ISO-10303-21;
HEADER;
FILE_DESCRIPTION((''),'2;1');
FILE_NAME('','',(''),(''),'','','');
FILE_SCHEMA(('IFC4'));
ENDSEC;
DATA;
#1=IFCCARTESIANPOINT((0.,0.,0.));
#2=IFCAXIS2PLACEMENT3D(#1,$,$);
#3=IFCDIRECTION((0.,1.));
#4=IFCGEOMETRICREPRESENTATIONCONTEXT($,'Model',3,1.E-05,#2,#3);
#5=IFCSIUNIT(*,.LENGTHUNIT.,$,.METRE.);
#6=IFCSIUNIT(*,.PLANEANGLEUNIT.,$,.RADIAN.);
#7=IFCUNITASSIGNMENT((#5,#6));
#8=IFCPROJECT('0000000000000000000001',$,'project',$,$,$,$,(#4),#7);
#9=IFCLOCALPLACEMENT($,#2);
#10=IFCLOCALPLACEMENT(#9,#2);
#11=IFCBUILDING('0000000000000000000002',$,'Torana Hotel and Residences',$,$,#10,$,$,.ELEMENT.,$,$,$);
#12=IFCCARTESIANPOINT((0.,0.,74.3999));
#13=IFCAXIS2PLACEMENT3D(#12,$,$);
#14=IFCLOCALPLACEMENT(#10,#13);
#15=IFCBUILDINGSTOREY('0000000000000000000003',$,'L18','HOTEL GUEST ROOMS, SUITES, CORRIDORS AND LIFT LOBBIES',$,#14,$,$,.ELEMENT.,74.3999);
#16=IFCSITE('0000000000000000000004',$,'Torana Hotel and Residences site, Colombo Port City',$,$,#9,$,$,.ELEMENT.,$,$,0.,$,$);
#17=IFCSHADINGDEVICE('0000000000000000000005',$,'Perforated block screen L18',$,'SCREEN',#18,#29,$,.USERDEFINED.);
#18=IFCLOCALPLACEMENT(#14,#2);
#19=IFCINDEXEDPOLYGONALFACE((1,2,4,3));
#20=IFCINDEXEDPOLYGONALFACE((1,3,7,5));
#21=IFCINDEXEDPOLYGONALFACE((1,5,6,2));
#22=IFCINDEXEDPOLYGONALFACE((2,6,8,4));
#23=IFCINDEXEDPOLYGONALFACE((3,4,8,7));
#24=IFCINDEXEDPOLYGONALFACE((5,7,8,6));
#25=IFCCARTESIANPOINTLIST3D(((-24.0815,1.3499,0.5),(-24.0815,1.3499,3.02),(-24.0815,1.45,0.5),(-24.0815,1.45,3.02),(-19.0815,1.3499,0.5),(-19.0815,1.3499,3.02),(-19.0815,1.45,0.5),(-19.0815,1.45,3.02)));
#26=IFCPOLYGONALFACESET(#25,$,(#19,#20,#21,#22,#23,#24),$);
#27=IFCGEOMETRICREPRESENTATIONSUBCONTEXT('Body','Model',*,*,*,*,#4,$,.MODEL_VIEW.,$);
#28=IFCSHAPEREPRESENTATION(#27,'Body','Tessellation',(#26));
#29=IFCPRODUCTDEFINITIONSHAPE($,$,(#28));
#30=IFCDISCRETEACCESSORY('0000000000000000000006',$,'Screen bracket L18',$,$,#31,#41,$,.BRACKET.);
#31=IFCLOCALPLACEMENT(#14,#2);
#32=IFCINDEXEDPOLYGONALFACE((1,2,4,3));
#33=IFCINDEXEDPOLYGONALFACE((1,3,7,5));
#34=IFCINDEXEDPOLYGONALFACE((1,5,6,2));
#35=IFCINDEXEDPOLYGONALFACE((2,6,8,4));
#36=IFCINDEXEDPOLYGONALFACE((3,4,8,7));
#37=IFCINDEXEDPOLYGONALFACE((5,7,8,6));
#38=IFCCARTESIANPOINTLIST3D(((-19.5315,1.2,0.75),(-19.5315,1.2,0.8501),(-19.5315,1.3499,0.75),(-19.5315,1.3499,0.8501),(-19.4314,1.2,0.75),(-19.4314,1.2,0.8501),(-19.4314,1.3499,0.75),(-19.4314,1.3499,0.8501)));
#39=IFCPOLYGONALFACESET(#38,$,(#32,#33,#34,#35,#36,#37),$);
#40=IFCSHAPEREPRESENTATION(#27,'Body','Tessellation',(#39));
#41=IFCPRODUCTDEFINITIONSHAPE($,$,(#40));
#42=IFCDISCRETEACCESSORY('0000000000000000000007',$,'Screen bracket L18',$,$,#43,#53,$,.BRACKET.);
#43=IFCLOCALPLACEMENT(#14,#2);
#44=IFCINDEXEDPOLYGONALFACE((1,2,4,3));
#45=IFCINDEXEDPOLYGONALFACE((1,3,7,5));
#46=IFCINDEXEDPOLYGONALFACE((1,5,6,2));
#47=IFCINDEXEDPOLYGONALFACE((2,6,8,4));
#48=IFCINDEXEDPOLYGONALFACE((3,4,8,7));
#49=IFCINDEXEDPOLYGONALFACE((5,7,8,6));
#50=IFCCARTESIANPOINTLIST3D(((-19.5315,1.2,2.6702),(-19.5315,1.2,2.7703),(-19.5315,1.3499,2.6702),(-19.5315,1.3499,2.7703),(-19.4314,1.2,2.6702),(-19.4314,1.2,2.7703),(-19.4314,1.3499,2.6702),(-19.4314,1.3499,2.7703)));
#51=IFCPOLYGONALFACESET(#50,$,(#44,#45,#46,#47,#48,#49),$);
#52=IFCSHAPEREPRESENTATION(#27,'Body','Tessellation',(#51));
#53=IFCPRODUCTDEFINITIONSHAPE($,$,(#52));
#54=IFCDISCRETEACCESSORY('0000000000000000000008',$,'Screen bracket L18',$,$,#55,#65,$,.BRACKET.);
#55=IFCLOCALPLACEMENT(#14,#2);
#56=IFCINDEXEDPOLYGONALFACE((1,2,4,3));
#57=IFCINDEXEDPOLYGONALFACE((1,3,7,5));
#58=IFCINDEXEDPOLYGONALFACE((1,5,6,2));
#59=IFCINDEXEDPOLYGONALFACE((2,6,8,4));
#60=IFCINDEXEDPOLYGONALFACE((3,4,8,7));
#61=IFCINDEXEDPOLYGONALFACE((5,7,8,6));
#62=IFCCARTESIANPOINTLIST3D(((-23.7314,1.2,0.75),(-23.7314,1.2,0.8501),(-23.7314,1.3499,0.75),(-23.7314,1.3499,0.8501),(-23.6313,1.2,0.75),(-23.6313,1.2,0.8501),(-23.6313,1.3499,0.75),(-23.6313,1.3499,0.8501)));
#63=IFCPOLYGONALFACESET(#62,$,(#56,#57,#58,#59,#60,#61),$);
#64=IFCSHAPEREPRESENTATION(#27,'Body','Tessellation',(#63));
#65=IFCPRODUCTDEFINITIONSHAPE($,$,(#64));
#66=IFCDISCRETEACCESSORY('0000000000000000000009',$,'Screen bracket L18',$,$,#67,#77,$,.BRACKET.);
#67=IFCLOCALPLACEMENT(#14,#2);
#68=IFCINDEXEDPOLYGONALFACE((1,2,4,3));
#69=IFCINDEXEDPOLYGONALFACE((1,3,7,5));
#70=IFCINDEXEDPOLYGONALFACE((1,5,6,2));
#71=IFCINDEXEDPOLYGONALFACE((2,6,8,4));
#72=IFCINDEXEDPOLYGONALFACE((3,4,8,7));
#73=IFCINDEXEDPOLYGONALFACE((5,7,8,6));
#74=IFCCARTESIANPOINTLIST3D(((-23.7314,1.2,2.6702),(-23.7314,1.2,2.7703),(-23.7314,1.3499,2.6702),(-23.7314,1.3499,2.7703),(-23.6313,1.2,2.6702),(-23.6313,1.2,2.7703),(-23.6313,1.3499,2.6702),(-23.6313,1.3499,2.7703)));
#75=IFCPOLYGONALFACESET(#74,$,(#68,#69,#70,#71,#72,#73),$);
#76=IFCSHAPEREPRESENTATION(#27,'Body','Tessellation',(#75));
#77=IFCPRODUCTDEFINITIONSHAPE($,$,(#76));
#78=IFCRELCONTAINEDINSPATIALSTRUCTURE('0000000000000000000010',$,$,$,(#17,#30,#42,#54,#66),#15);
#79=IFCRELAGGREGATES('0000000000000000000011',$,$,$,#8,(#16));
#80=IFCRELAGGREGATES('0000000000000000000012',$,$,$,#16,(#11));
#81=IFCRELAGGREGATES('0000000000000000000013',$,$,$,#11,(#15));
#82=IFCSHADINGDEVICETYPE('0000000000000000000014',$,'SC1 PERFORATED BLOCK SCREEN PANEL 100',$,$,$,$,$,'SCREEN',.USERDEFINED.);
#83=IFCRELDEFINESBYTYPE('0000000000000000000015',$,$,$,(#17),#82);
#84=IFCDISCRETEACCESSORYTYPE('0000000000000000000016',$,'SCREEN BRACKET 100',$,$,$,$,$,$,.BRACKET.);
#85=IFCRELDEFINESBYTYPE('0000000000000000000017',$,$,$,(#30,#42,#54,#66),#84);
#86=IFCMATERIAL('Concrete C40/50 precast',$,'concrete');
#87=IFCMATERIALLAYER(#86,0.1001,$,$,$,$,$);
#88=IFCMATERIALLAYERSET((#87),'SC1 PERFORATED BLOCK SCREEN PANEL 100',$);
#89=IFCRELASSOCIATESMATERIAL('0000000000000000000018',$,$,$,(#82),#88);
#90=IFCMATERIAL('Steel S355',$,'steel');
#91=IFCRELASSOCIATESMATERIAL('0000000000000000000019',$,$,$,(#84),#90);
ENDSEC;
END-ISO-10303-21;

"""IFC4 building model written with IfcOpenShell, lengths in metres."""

from ifc_helpers import new_model, si_unit, direction, frame, origin, origin_2d, place, context, subcontext, project, spatial, rectangle, extrude, material, layer, layer_set, type_object, element, save


model = new_model("IFC4")

# Units and contexts
model_context = context("Model", 3, precision=1e-05, world=origin(), true_north=direction((0.0, 1.0)))
body_context = subcontext(model_context, "Body", "Model", "MODEL_VIEW")
ifc_project = project(units=[si_unit("LENGTHUNIT", "METRE"), si_unit("PLANEANGLEUNIT", "RADIAN")], contexts=[model_context])

# Site, building, storey
site_placement = place(None, origin())
site = spatial("IfcSite", under=ifc_project, at=site_placement, Name="Torana Hotel and Residences site, Colombo Port City", CompositionType="ELEMENT", RefElevation=0.0)
building_placement = place(site_placement, origin())
building = spatial("IfcBuilding", under=site, at=building_placement, Name="Torana Hotel and Residences", CompositionType="ELEMENT")
storey_placement = place(building_placement, frame((0.0, 0.0, 74.3999)))
storey = spatial("IfcBuildingStorey", under=building, at=storey_placement, Name="L18", Description="HOTEL GUEST ROOMS, SUITES, CORRIDORS AND LIFT LOBBIES", CompositionType="ELEMENT", Elevation=74.3999)

# Shading device
ifc_material_1 = material(Name="Concrete C40/50 precast", Category="concrete")
ifc_layer_1 = layer(ifc_material_1, 0.1001)
ifc_layer_set_1 = layer_set([ifc_layer_1], Name="SC1 PERFORATED BLOCK SCREEN PANEL 100")
shading_device_type = type_object("IfcShadingDeviceType", Name="SC1 PERFORATED BLOCK SCREEN PANEL 100", ElementType="SCREEN", PredefinedType="USERDEFINED", material=ifc_layer_set_1)
shading_device_placement = place(storey_placement, frame((-21.5815, 1.3999, 0.5), z_axis=(0.0, 0.0, 1.0), x_axis=(-1.0, 0.0, 0.0)))
element("IfcShadingDevice", 1, at=shading_device_placement, inside=storey, type_object=shading_device_type, Name="Perforated block screen L18", ObjectType="SCREEN", PredefinedType="USERDEFINED", context=body_context, shape_type="SweptSolid", body=[
    extrude(rectangle(XDim=5.0, YDim=0.1001, at=origin_2d()), origin(), (0.0, 0.0, 1.0), 2.52),
])

# Discrete accessories
ifc_material_2 = material(Name="Steel S355", Category="steel")
discrete_accessory_type = type_object("IfcDiscreteAccessoryType", Name="SCREEN BRACKET 100", PredefinedType="BRACKET", material=ifc_material_2)
for number, where, z_axis, x_axis, name in (
    (2, (-19.4814, 1.2749, 0.75), (0.0, 0.0, 1.0), (-1.0, 0.0, 0.0), "Screen bracket L18"),
    (3, (-19.4814, 1.2749, 2.6702), (0.0, 0.0, 1.0), (-1.0, 0.0, 0.0), "Screen bracket L18"),
    (4, (-23.6814, 1.2749, 0.75), (0.0, 0.0, 1.0), (-1.0, 0.0, 0.0), "Screen bracket L18"),
    (5, (-23.6814, 1.2749, 2.6702), (0.0, 0.0, 1.0), (-1.0, 0.0, 0.0), "Screen bracket L18"),
):
    element("IfcDiscreteAccessory", number, at=place(storey_placement, frame(where, z_axis=z_axis, x_axis=x_axis)), inside=storey, type_object=discrete_accessory_type, Name=name, PredefinedType="BRACKET", context=body_context, shape_type="SweptSolid", body=[
        extrude(rectangle(XDim=0.1001, YDim=0.1499, at=origin_2d()), origin(), (0.0, 0.0, 1.0), 0.1001),
    ])

save(model, "model.ifc")
